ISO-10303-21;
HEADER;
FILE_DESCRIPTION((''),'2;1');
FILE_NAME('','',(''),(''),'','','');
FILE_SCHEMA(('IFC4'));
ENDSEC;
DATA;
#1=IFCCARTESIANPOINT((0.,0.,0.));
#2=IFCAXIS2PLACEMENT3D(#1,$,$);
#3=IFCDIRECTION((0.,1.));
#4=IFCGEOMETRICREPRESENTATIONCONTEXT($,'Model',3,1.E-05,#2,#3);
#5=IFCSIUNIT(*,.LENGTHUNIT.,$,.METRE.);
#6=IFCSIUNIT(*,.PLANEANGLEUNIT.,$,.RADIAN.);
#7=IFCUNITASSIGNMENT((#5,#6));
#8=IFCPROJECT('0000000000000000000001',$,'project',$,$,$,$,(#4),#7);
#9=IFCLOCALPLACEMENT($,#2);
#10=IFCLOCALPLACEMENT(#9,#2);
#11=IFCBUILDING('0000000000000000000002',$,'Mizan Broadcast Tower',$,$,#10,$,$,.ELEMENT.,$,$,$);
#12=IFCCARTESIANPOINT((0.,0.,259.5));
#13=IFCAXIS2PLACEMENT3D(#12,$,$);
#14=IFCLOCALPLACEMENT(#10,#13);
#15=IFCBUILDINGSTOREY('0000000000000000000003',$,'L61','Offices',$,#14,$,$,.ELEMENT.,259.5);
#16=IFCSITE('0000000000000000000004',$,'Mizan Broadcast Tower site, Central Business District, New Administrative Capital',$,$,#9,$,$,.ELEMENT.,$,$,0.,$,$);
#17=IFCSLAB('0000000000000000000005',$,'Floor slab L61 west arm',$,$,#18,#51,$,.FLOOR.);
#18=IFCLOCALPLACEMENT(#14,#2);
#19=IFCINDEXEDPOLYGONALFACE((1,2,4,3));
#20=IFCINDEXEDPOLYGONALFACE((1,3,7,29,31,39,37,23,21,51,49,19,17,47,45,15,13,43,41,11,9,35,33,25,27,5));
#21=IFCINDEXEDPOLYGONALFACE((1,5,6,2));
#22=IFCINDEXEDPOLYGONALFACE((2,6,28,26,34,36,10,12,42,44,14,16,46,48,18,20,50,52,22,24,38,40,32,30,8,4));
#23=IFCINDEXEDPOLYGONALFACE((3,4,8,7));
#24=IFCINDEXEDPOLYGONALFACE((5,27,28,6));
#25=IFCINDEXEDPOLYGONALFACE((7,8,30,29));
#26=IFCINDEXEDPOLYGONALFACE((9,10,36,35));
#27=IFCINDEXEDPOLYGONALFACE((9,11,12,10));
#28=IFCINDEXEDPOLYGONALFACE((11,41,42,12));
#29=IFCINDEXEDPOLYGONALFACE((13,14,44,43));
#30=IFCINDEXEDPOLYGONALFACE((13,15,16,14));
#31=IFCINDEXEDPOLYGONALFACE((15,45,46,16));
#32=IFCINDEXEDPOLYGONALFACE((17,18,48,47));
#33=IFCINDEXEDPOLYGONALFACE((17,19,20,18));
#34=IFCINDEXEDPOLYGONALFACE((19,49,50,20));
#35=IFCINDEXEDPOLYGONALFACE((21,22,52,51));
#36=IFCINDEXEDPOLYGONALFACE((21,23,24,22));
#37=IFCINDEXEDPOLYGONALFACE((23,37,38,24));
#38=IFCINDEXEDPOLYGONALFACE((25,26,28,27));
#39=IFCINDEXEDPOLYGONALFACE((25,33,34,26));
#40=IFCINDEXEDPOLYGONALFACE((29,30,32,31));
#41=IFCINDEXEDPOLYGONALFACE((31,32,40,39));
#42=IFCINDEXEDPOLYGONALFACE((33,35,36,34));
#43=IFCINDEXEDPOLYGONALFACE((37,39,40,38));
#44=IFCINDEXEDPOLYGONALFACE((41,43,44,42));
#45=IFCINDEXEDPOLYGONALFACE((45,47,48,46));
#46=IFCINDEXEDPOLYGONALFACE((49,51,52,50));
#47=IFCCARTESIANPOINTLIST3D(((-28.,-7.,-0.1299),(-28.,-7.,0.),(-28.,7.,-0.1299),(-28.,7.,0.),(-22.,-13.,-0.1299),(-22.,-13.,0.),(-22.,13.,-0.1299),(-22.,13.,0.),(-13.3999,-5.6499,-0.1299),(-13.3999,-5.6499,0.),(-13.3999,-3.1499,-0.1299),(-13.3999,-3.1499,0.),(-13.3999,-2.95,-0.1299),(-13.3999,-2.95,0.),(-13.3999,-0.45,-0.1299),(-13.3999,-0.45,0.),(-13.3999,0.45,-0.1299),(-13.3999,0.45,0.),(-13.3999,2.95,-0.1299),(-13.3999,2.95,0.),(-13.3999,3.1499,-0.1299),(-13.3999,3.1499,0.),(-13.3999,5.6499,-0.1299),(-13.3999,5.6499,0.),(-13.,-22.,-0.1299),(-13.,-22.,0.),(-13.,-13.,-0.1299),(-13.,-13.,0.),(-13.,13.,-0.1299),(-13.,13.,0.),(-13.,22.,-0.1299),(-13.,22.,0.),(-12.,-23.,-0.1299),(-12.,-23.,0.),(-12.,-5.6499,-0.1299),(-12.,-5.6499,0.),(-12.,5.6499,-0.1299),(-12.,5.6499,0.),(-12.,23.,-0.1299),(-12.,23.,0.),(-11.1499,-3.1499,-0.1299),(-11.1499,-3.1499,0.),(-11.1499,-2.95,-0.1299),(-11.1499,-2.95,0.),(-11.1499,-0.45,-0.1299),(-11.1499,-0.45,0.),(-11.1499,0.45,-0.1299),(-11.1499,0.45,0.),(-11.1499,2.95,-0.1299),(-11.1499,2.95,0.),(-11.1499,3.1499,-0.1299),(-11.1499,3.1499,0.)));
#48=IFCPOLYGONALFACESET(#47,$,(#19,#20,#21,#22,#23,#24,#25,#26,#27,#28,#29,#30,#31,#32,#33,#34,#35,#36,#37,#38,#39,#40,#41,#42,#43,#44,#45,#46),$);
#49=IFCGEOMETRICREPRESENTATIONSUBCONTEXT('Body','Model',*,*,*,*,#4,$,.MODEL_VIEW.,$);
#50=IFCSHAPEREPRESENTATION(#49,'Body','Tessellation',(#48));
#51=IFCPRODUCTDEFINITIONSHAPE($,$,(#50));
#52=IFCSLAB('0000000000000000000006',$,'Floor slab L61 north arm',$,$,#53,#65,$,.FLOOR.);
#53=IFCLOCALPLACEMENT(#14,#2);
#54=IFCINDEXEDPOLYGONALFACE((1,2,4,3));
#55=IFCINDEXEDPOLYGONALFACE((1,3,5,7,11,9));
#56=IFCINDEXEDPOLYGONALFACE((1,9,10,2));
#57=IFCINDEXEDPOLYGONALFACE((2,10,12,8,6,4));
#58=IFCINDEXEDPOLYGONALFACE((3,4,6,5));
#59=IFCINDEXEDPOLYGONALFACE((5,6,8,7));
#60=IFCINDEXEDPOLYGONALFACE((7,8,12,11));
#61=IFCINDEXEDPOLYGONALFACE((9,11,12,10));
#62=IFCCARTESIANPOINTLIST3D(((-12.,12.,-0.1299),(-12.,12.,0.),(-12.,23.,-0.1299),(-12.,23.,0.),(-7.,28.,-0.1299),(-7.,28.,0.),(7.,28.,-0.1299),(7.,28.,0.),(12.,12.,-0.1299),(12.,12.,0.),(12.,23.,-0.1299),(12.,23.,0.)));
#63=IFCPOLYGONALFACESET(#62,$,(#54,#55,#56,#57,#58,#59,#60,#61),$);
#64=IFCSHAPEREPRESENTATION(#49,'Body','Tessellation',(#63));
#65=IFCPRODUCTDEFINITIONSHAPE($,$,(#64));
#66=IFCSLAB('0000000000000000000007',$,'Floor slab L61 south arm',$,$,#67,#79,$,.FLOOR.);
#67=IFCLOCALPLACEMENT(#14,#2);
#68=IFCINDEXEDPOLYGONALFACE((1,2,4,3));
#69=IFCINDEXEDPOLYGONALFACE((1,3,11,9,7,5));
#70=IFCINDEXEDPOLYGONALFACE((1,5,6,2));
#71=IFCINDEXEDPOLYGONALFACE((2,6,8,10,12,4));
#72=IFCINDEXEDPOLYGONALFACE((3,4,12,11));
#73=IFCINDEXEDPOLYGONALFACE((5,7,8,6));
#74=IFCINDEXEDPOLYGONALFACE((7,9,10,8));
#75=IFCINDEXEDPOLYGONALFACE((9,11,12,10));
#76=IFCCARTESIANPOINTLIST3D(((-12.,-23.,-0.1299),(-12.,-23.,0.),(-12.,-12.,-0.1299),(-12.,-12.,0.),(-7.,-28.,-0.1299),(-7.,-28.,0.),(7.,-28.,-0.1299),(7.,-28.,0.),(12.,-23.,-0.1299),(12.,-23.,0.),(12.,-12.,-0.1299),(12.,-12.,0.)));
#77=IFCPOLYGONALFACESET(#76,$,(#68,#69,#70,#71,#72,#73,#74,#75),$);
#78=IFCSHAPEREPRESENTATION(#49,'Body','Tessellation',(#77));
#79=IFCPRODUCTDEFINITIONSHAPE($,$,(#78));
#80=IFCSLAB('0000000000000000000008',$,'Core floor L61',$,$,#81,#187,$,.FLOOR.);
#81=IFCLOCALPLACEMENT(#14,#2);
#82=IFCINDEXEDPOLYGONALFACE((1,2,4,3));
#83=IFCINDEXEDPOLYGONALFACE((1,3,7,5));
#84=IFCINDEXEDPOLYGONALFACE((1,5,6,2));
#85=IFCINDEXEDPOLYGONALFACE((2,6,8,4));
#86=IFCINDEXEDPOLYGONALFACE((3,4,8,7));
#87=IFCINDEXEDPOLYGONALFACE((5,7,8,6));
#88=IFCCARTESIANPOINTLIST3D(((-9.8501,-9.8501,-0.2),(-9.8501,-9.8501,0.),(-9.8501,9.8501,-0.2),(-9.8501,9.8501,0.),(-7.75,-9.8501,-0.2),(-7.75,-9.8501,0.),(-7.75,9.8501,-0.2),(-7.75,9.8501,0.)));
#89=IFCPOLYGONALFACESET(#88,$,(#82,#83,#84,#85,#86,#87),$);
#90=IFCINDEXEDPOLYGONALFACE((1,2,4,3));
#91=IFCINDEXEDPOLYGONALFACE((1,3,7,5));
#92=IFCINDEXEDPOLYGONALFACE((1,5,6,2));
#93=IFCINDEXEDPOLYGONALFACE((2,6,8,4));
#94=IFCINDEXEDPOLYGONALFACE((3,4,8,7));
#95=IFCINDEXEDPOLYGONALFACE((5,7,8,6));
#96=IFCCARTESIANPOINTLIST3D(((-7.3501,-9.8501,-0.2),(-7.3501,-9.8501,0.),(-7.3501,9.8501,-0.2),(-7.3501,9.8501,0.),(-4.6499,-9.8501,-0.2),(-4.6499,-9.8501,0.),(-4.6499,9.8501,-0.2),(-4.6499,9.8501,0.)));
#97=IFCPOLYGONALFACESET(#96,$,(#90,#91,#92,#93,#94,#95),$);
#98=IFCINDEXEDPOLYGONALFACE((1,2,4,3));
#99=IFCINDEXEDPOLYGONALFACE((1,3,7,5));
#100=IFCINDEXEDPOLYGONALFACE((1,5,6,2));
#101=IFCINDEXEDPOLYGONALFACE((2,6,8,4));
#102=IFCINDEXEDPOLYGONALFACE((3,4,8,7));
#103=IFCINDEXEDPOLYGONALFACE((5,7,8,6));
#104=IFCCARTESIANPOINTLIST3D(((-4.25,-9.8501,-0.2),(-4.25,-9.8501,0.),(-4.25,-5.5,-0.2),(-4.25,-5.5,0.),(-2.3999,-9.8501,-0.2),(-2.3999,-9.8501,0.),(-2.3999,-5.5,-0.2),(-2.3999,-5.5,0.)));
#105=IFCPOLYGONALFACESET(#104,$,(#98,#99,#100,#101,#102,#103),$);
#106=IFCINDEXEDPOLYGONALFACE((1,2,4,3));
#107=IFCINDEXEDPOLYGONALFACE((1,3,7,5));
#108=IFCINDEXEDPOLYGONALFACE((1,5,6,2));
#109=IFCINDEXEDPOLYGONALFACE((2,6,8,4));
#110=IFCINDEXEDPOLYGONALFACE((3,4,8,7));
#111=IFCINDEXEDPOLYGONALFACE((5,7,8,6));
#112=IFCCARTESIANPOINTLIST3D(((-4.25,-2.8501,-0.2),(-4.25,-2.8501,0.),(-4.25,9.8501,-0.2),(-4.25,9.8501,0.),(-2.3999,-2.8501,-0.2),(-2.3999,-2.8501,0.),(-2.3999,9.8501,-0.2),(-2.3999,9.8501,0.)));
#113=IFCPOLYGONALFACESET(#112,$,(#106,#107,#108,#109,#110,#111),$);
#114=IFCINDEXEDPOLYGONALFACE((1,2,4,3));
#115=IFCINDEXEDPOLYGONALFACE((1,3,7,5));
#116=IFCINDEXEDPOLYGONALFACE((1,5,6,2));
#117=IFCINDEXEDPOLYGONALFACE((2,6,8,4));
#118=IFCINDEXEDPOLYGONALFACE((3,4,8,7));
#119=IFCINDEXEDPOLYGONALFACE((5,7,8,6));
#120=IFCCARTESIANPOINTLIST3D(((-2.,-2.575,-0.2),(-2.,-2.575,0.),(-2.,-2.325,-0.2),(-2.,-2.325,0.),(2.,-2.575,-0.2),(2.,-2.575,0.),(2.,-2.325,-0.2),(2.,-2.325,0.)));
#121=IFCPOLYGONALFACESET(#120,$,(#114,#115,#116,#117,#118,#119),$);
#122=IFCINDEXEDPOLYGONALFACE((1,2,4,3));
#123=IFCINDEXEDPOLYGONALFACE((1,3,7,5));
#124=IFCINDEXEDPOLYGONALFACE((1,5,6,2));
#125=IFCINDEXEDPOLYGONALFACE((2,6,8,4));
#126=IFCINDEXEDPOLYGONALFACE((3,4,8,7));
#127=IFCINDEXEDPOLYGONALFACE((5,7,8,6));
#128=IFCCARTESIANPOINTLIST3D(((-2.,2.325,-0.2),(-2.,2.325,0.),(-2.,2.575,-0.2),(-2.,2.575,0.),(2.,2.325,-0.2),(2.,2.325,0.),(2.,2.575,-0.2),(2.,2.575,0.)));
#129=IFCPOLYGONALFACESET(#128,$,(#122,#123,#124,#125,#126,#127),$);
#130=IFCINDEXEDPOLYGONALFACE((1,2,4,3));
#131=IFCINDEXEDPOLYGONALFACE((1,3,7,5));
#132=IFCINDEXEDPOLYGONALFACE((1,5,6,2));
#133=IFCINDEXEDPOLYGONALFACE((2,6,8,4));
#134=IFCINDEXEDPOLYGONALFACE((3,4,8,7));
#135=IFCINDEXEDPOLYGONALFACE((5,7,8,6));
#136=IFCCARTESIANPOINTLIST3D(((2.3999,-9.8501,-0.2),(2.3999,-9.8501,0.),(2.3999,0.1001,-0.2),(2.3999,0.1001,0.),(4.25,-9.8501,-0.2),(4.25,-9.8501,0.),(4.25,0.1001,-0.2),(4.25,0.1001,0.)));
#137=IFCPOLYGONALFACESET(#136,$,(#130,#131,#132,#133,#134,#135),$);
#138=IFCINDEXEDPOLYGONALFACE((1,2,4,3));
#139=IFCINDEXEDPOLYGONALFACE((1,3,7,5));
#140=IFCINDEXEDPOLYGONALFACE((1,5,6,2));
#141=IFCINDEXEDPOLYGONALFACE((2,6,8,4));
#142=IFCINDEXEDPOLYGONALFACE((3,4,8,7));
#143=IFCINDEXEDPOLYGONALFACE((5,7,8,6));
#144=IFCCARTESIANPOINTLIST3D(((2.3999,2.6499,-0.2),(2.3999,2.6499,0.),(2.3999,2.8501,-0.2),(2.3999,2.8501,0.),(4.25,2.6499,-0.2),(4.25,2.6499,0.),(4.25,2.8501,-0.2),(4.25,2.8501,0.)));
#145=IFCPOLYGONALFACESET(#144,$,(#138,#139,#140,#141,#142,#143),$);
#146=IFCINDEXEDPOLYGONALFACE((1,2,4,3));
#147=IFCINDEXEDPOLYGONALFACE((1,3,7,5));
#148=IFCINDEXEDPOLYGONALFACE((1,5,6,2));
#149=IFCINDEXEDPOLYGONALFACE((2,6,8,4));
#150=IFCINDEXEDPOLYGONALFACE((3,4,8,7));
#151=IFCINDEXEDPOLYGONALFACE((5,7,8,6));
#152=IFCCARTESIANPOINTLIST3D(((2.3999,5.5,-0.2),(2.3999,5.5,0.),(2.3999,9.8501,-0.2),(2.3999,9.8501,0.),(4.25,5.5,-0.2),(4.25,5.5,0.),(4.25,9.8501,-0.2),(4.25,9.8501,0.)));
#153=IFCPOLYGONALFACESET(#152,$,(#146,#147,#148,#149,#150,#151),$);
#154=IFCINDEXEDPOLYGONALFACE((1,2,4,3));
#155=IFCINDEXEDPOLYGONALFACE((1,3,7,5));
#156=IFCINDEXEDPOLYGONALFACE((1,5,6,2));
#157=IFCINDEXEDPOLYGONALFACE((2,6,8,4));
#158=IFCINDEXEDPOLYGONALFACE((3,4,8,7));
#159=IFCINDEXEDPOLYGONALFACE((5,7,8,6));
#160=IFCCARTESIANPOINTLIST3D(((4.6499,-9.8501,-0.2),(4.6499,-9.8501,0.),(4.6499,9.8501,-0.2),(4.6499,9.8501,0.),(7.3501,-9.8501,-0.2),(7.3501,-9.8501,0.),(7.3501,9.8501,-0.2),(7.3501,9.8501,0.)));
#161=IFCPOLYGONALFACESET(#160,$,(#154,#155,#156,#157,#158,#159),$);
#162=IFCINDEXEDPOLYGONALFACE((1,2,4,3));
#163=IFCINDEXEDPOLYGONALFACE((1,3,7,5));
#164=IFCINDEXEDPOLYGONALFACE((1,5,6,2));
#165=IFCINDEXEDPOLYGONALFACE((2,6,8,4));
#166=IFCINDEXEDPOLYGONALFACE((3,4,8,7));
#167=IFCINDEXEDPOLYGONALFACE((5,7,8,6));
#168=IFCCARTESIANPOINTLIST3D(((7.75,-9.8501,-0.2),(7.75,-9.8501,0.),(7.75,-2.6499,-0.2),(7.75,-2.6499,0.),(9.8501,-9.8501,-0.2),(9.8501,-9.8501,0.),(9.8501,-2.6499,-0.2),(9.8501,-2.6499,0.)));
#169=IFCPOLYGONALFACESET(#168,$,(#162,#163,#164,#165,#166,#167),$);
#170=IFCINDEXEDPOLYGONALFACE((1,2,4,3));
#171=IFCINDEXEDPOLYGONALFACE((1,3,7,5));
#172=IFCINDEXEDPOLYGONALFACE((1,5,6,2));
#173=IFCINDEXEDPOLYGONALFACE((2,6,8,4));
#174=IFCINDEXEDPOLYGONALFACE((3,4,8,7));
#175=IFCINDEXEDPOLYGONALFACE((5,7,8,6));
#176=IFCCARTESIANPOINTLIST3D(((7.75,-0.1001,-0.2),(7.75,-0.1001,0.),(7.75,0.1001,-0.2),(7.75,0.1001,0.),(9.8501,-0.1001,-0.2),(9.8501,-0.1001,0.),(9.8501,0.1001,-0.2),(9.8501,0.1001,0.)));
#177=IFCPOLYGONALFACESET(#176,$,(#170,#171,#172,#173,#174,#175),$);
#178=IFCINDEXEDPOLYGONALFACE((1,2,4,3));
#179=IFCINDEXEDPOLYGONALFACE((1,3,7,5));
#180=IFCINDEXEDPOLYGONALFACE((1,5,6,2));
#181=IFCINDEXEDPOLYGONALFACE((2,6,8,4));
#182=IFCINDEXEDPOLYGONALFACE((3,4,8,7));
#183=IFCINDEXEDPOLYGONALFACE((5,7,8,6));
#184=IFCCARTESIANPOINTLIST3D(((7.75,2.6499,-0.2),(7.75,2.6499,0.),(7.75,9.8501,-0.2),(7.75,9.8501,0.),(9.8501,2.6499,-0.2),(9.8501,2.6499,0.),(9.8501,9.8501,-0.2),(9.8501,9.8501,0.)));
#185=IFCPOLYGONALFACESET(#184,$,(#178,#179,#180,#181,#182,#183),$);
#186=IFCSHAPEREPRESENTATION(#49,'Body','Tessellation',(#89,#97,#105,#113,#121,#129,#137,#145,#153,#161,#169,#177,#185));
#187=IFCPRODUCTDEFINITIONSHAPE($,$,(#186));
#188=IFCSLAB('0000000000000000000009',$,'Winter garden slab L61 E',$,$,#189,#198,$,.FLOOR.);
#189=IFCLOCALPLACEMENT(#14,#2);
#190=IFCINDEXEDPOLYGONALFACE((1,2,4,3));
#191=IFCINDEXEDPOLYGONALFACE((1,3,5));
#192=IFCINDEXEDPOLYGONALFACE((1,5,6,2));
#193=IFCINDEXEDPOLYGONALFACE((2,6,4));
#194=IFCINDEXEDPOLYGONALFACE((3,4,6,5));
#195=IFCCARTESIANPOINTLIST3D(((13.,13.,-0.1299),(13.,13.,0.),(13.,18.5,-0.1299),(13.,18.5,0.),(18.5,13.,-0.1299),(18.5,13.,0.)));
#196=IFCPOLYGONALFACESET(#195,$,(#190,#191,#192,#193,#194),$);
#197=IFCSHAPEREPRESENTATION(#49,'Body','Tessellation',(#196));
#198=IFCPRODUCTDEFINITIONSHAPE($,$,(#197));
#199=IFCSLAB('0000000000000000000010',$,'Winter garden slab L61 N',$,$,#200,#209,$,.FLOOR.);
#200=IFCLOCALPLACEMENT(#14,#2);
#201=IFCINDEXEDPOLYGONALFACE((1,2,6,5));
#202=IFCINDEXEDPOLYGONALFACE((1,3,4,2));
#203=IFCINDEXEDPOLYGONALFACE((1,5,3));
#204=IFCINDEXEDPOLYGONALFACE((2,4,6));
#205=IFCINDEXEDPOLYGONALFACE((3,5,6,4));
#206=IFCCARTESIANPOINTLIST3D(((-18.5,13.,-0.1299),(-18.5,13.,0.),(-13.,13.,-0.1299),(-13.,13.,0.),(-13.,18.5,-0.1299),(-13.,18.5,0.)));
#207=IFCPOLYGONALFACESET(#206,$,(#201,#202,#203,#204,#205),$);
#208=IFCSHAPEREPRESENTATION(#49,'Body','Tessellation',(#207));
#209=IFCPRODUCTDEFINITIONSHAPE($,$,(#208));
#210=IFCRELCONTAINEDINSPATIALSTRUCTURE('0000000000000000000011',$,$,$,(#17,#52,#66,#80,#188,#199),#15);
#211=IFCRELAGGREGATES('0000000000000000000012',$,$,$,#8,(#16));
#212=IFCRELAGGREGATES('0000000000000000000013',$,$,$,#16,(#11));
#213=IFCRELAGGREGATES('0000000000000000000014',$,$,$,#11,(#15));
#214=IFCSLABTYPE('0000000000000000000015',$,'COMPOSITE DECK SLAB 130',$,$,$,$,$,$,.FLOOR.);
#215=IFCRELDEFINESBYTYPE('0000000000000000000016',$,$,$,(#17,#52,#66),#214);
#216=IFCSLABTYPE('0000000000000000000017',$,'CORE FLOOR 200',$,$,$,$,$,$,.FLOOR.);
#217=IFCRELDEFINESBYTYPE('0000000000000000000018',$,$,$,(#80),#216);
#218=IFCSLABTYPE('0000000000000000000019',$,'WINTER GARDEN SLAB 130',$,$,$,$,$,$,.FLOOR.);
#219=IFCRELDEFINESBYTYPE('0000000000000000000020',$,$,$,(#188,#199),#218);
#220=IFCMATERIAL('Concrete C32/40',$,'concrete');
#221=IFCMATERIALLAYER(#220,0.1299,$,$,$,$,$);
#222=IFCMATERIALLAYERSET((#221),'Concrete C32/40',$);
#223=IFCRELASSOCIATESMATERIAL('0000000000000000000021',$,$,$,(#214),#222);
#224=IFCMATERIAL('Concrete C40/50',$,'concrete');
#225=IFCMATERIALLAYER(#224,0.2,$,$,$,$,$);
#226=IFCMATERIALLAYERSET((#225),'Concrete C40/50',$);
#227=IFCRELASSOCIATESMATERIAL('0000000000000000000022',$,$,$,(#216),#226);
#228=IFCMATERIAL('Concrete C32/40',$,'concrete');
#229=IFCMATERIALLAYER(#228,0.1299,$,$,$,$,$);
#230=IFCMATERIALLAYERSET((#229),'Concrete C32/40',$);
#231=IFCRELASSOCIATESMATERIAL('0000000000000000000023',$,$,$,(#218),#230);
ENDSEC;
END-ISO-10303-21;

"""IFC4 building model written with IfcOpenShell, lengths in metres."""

from ifc_helpers import new_model, si_unit, direction, frame, origin, place, context, subcontext, project, spatial, polyline, outline, extrude, material, layer, layer_set, type_object, element, save


model = new_model("IFC4")

# Units and contexts
model_context = context("Model", 3, precision=1e-05, world=origin(), true_north=direction((0.0, 1.0)))
body_context = subcontext(model_context, "Body", "Model", "MODEL_VIEW")
ifc_project = project(units=[si_unit("LENGTHUNIT", "METRE"), si_unit("PLANEANGLEUNIT", "RADIAN")], contexts=[model_context])

# Site, building, storey
site_placement = place(None, origin())
site = spatial("IfcSite", under=ifc_project, at=site_placement, Name="Mizan Broadcast Tower site, Central Business District, New Administrative Capital", CompositionType="ELEMENT", RefElevation=0.0)
building_placement = place(site_placement, origin())
building = spatial("IfcBuilding", under=site, at=building_placement, Name="Mizan Broadcast Tower", CompositionType="ELEMENT")
storey_placement = place(building_placement, frame((0.0, 0.0, 259.5)))
storey = spatial("IfcBuildingStorey", under=building, at=storey_placement, Name="L61", Description="Offices", CompositionType="ELEMENT", Elevation=259.5)

# Slabs
ifc_material_1 = material(Name="Concrete C32/40", Category="concrete")
ifc_layer_1 = layer(ifc_material_1, 0.1299)
ifc_layer_set_1 = layer_set([ifc_layer_1], Name="Concrete C32/40")
slab_type_1 = type_object("IfcSlabType", Name="COMPOSITE DECK SLAB 130", PredefinedType="FLOOR", material=ifc_layer_set_1)
slab_1_placement = place(storey_placement, frame((0.0, 0.0, -0.1299)))
element("IfcSlab", 1, at=slab_1_placement, inside=storey, type_object=slab_type_1, Name="Floor slab L61 west arm", PredefinedType="FLOOR", context=body_context, shape_type="SweptSolid", body=[
    extrude(outline(polyline([(-22.0, 13.0), (-28.0, 7.0), (-28.0, -7.0), (-22.0, -13.0), (-13.0, -13.0), (-13.0, -22.0), (-12.0, -23.0), (-12.0, -5.6499), (-13.3999, -5.6499), (-13.3999, -3.1499), (-11.1499, -3.1499), (-11.1499, -2.95), (-13.3999, -2.95), (-13.3999, -0.45), (-11.1499, -0.45), (-11.1499, 0.45), (-13.3999, 0.45), (-13.3999, 2.95), (-11.1499, 2.95), (-11.1499, 3.1499), (-13.3999, 3.1499), (-13.3999, 5.6499), (-12.0, 5.6499), (-12.0, 23.0), (-13.0, 22.0), (-13.0, 13.0), (-22.0, 13.0)])), origin(), (0.0, 0.0, 1.0), 0.1299),
])
slab_2_placement = place(storey_placement, frame((0.0, 0.0, -0.1299)))
element("IfcSlab", 2, at=slab_2_placement, inside=storey, type_object=slab_type_1, Name="Floor slab L61 north arm", PredefinedType="FLOOR", context=body_context, shape_type="SweptSolid", body=[
    extrude(outline(polyline([(-7.0, 28.0), (-12.0, 23.0), (-12.0, 12.0), (12.0, 12.0), (12.0, 23.0), (7.0, 28.0), (-7.0, 28.0)])), origin(), (0.0, 0.0, 1.0), 0.1299),
])
slab_3_placement = place(storey_placement, frame((0.0, 0.0, -0.1299)))
element("IfcSlab", 3, at=slab_3_placement, inside=storey, type_object=slab_type_1, Name="Floor slab L61 south arm", PredefinedType="FLOOR", context=body_context, shape_type="SweptSolid", body=[
    extrude(outline(polyline([(7.0, -28.0), (12.0, -23.0), (12.0, -12.0), (-12.0, -12.0), (-12.0, -23.0), (-7.0, -28.0), (7.0, -28.0)])), origin(), (0.0, 0.0, 1.0), 0.1299),
])
ifc_material_2 = material(Name="Concrete C40/50", Category="concrete")
ifc_layer_2 = layer(ifc_material_2, 0.2)
ifc_layer_set_2 = layer_set([ifc_layer_2], Name="Concrete C40/50")
slab_type_2 = type_object("IfcSlabType", Name="CORE FLOOR 200", PredefinedType="FLOOR", material=ifc_layer_set_2)
slab_4_placement = place(storey_placement, frame((0.0, 0.0, -0.2)))
element("IfcSlab", 4, at=slab_4_placement, inside=storey, type_object=slab_type_2, Name="Core floor L61", PredefinedType="FLOOR", context=body_context, shape_type="SweptSolid", body=[
    extrude(outline(polyline([(-9.8501, -9.8501), (-7.75, -9.8501), (-7.75, 9.8501), (-9.8501, 9.8501), (-9.8501, -9.8501)])), origin(), (0.0, 0.0, 1.0), 0.2),
    extrude(outline(polyline([(-4.6499, 9.8501), (-7.3501, 9.8501), (-7.3501, -9.8501), (-4.6499, -9.8501), (-4.6499, 9.8501)])), origin(), (0.0, 0.0, 1.0), 0.2),
    extrude(outline(polyline([(-4.25, -5.5), (-4.25, -9.8501), (-2.3999, -9.8501), (-2.3999, -5.5), (-4.25, -5.5)])), origin(), (0.0, 0.0, 1.0), 0.2),
    extrude(outline(polyline([(-4.25, -2.8501), (-2.3999, -2.8501), (-2.3999, 9.8501), (-4.25, 9.8501), (-4.25, -2.8501)])), origin(), (0.0, 0.0, 1.0), 0.2),
    extrude(outline(polyline([(2.0, -2.325), (-2.0, -2.325), (-2.0, -2.575), (2.0, -2.575), (2.0, -2.325)])), origin(), (0.0, 0.0, 1.0), 0.2),
    extrude(outline(polyline([(2.0, 2.575), (-2.0, 2.575), (-2.0, 2.325), (2.0, 2.325), (2.0, 2.575)])), origin(), (0.0, 0.0, 1.0), 0.2),
    extrude(outline(polyline([(4.25, -9.8501), (4.25, 0.1001), (2.3999, 0.1001), (2.3999, -9.8501), (4.25, -9.8501)])), origin(), (0.0, 0.0, 1.0), 0.2),
    extrude(outline(polyline([(4.25, 2.6499), (4.25, 2.8501), (2.3999, 2.8501), (2.3999, 2.6499), (4.25, 2.6499)])), origin(), (0.0, 0.0, 1.0), 0.2),
    extrude(outline(polyline([(4.25, 5.5), (4.25, 9.8501), (2.3999, 9.8501), (2.3999, 5.5), (4.25, 5.5)])), origin(), (0.0, 0.0, 1.0), 0.2),
    extrude(outline(polyline([(4.6499, 9.8501), (4.6499, -9.8501), (7.3501, -9.8501), (7.3501, 9.8501), (4.6499, 9.8501)])), origin(), (0.0, 0.0, 1.0), 0.2),
    extrude(outline(polyline([(9.8501, -9.8501), (9.8501, -2.6499), (7.75, -2.6499), (7.75, -9.8501), (9.8501, -9.8501)])), origin(), (0.0, 0.0, 1.0), 0.2),
    extrude(outline(polyline([(9.8501, -0.1001), (9.8501, 0.1001), (7.75, 0.1001), (7.75, -0.1001), (9.8501, -0.1001)])), origin(), (0.0, 0.0, 1.0), 0.2),
    extrude(outline(polyline([(7.75, 9.8501), (7.75, 2.6499), (9.8501, 2.6499), (9.8501, 9.8501), (7.75, 9.8501)])), origin(), (0.0, 0.0, 1.0), 0.2),
])
ifc_material_3 = material(Name="Concrete C32/40", Category="concrete")
ifc_layer_3 = layer(ifc_material_3, 0.1299)
ifc_layer_set_3 = layer_set([ifc_layer_3], Name="Concrete C32/40")
slab_type_3 = type_object("IfcSlabType", Name="WINTER GARDEN SLAB 130", PredefinedType="FLOOR", material=ifc_layer_set_3)
slab_5_placement = place(storey_placement, frame((0.0, 0.0, -0.1299)))
element("IfcSlab", 5, at=slab_5_placement, inside=storey, type_object=slab_type_3, Name="Winter garden slab L61 E", PredefinedType="FLOOR", context=body_context, shape_type="SweptSolid", body=[
    extrude(outline(polyline([(13.0, 13.0), (18.5, 13.0), (13.0, 18.5), (13.0, 13.0)])), origin(), (0.0, 0.0, 1.0), 0.1299),
])
slab_6_placement = place(storey_placement, frame((0.0, 0.0, -0.1299)))
element("IfcSlab", 6, at=slab_6_placement, inside=storey, type_object=slab_type_3, Name="Winter garden slab L61 N", PredefinedType="FLOOR", context=body_context, shape_type="SweptSolid", body=[
    extrude(outline(polyline([(-13.0, 13.0), (-13.0, 18.5), (-18.5, 13.0), (-13.0, 13.0)])), origin(), (0.0, 0.0, 1.0), 0.1299),
])

save(model, "model.ifc")
